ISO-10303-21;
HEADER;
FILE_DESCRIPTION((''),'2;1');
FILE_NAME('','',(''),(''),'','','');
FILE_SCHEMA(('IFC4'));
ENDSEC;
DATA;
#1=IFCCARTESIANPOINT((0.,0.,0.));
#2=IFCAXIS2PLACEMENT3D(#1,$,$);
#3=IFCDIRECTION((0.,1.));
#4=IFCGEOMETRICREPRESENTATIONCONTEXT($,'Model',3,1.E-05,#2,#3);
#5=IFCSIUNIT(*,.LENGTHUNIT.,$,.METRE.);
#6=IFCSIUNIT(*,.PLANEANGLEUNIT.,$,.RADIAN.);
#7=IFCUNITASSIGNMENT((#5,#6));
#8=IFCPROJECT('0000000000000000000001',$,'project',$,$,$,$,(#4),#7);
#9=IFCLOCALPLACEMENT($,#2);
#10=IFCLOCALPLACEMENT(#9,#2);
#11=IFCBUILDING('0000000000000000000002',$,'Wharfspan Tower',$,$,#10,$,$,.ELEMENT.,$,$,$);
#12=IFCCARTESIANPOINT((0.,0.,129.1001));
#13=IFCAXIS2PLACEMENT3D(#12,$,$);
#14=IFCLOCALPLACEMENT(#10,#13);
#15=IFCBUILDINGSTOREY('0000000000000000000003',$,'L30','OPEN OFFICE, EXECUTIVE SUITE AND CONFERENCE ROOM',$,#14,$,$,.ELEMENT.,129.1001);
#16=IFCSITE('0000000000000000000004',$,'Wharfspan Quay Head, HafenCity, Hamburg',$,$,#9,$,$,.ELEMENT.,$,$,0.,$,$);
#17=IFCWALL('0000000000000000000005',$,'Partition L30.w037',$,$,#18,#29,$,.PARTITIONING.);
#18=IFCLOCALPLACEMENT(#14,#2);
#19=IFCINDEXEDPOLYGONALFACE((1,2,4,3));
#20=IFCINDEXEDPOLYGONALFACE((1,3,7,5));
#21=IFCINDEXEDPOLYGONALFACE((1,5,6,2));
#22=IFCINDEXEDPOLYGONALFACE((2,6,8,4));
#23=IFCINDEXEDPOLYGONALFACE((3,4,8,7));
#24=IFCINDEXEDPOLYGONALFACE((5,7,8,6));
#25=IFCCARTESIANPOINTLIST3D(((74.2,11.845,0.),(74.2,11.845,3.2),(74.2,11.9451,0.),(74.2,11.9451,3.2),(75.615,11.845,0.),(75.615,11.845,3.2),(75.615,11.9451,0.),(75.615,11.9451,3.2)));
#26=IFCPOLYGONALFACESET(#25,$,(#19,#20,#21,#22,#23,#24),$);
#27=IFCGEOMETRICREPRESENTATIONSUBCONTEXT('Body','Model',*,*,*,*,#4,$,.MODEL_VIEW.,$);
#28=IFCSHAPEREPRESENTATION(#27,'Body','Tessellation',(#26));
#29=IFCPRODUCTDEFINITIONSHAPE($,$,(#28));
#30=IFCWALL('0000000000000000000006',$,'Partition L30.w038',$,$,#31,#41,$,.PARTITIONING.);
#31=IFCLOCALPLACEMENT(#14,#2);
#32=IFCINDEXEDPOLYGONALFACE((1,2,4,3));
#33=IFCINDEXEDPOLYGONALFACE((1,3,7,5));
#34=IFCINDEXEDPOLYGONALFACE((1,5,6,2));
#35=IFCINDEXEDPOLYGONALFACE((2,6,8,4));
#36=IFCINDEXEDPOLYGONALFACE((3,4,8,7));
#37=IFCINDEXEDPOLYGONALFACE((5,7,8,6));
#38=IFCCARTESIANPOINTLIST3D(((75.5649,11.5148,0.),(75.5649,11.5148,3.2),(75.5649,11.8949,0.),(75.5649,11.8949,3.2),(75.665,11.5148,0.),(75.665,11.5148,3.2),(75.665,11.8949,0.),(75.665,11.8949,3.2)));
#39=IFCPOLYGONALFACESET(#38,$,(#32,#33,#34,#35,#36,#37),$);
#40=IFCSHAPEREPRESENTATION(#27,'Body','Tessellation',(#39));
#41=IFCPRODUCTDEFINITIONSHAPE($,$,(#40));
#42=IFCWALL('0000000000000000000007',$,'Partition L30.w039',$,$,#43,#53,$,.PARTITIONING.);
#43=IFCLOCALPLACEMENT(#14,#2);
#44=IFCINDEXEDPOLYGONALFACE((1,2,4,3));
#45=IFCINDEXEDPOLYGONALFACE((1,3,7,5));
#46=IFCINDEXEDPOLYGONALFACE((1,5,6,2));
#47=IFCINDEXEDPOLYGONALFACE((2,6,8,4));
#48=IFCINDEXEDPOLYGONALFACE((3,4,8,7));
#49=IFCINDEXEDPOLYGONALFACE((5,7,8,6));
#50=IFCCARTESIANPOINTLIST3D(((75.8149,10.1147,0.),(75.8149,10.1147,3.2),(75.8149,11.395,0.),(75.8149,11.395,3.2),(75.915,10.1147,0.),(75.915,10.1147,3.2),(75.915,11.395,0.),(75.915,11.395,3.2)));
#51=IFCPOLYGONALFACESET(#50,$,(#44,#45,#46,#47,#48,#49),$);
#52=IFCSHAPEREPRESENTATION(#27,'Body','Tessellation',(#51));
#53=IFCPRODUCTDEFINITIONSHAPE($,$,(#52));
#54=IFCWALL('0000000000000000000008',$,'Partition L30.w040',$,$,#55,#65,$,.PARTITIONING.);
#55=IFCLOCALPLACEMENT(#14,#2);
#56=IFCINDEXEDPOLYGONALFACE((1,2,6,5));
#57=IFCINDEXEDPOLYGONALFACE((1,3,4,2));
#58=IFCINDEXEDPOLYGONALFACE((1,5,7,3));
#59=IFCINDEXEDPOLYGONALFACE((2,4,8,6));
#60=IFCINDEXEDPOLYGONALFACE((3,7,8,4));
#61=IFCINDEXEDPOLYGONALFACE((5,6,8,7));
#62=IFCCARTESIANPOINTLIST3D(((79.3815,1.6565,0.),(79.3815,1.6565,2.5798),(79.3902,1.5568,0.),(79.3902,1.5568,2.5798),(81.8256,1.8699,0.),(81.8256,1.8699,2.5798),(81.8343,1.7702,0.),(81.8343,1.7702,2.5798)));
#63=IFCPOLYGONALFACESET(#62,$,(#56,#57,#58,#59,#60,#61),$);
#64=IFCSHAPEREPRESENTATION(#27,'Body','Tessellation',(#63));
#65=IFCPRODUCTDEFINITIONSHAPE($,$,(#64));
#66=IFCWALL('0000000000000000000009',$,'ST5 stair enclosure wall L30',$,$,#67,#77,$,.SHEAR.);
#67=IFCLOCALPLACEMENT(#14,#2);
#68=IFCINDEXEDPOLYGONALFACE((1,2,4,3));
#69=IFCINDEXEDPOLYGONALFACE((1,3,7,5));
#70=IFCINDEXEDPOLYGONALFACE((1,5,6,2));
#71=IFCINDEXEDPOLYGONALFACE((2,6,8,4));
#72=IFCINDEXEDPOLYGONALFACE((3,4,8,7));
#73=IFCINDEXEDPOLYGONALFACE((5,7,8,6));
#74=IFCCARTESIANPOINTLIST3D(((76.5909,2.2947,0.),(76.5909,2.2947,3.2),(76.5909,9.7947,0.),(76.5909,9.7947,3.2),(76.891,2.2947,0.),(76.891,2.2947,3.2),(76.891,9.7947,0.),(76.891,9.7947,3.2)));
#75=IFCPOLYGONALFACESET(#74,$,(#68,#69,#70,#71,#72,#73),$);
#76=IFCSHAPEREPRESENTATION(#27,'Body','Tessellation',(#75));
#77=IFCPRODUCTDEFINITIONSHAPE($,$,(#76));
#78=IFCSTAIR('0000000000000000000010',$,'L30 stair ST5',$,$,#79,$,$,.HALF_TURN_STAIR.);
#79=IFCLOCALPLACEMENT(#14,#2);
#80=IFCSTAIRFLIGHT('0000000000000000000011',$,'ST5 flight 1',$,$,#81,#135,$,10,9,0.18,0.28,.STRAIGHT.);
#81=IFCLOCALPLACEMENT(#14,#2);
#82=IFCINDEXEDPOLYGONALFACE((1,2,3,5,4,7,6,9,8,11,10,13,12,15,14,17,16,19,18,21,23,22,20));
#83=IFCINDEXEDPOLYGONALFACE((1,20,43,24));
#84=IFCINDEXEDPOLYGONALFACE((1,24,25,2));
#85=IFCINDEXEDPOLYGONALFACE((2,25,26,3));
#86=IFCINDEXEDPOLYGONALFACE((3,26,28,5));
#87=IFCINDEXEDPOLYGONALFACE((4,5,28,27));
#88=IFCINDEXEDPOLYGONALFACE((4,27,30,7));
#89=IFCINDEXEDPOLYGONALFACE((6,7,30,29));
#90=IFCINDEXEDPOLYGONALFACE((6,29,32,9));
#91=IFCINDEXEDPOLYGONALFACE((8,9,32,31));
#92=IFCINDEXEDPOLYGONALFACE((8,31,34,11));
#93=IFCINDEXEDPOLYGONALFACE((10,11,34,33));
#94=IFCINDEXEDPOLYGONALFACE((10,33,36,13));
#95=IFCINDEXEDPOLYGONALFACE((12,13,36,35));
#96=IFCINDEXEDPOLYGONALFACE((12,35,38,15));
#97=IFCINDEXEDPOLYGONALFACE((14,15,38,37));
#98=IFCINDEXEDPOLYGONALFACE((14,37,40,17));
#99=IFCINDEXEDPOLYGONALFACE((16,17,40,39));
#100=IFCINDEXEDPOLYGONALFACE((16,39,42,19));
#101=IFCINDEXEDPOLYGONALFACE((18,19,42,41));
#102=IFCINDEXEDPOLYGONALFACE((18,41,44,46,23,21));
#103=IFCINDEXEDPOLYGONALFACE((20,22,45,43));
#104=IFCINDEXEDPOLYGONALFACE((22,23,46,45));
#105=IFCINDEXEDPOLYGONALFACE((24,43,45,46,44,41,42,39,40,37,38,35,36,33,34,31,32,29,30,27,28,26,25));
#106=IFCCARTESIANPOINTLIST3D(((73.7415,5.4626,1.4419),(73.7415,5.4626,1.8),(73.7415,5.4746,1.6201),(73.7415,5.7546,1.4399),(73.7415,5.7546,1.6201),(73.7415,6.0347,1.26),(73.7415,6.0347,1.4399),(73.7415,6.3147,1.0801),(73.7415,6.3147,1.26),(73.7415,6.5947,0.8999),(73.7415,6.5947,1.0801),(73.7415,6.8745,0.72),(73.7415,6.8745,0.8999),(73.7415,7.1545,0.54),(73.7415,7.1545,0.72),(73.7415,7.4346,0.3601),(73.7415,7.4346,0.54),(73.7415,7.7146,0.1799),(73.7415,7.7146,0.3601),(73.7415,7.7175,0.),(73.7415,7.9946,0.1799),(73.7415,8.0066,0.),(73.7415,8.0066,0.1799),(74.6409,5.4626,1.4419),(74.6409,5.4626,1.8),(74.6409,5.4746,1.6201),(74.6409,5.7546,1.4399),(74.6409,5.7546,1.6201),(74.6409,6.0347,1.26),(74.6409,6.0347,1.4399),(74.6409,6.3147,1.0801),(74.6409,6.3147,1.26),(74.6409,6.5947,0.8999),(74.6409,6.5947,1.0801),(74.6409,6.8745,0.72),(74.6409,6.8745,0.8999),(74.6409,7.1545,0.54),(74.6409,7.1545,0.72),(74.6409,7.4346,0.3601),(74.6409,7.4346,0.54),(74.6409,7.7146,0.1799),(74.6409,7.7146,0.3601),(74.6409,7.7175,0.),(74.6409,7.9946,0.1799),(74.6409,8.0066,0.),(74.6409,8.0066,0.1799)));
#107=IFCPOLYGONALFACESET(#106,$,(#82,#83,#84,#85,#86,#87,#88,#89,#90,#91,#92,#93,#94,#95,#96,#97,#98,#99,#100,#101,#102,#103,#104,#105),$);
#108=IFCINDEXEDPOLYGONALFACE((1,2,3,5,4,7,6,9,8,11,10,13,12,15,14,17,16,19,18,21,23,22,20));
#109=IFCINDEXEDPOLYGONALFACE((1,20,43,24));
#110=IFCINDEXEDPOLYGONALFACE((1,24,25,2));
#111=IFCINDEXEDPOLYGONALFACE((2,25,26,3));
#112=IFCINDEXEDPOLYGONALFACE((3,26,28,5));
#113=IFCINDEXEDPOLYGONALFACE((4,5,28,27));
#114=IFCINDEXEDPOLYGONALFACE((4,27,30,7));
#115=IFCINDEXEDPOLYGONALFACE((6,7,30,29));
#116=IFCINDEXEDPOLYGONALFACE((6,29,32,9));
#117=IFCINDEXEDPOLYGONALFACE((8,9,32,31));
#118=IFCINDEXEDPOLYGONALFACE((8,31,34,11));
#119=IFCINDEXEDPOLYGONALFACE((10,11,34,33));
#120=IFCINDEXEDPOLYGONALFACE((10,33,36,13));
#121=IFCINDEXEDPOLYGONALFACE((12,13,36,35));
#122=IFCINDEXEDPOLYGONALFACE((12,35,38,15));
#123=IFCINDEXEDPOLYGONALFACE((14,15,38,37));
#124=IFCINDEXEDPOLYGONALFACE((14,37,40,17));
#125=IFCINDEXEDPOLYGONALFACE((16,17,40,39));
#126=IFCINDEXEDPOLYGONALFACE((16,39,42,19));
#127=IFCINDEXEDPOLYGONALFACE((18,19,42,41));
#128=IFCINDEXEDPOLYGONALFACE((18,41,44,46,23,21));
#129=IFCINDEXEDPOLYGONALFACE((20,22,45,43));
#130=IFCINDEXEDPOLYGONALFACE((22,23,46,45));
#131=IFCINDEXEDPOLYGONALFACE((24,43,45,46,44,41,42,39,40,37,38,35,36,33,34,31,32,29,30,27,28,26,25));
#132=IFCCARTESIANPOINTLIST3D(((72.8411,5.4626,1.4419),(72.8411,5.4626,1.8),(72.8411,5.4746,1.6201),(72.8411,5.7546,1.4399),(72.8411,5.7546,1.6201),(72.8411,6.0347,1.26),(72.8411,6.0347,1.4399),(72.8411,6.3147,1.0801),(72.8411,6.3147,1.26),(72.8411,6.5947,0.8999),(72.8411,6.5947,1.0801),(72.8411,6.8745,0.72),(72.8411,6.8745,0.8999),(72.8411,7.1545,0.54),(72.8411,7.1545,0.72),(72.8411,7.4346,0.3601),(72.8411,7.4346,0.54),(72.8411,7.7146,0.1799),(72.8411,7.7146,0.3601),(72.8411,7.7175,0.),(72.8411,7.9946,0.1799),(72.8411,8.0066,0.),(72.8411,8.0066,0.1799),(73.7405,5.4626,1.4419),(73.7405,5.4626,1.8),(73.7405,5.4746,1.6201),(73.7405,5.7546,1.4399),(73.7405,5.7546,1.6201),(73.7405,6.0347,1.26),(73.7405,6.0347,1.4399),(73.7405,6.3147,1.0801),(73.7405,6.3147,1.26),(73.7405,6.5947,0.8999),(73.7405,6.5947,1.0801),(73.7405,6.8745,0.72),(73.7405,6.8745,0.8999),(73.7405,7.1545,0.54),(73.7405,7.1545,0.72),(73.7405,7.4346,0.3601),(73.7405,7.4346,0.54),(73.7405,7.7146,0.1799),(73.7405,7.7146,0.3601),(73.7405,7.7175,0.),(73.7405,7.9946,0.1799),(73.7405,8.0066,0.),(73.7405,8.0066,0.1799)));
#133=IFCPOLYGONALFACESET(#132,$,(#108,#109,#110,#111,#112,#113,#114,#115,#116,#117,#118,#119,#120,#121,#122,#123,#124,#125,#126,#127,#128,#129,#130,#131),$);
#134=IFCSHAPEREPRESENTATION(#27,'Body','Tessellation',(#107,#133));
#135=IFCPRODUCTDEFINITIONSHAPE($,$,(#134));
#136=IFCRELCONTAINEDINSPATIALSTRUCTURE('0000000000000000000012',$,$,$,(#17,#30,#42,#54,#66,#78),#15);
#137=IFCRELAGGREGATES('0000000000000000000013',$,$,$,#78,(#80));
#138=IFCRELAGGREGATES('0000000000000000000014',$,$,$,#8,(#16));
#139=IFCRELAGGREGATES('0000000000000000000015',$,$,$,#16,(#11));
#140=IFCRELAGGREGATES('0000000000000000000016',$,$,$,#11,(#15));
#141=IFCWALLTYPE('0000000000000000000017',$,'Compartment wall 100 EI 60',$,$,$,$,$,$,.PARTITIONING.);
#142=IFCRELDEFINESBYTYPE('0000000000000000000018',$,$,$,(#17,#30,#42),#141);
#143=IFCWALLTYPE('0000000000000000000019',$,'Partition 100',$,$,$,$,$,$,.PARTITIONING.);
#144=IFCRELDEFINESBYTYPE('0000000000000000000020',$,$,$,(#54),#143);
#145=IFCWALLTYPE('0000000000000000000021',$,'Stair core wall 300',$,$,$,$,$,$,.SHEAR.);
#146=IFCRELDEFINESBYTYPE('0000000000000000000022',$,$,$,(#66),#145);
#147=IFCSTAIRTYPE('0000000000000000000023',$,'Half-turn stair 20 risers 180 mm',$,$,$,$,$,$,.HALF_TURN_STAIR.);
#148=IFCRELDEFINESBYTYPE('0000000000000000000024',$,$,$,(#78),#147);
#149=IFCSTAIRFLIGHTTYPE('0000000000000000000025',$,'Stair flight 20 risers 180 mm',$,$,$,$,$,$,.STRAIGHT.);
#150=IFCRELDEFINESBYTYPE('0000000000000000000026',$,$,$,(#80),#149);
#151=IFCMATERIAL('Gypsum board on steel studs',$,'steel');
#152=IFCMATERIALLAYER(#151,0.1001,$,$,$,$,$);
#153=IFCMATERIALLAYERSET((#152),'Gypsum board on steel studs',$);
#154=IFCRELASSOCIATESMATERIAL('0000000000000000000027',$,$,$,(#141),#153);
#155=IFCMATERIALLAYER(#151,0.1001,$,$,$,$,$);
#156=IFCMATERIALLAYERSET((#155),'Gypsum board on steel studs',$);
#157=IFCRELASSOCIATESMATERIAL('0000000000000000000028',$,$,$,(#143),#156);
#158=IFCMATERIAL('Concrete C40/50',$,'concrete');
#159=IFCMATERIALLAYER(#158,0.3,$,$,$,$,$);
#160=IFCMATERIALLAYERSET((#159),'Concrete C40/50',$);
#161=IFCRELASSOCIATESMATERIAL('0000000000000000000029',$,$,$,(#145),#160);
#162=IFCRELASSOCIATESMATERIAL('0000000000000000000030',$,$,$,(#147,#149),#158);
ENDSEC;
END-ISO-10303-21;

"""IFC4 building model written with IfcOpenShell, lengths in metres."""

from ifc_helpers import new_model, si_unit, direction, frame, frame_2d, origin, place, context, subcontext, project, spatial, polyline, rectangle, outline, extrude, material, layer, layer_set, type_object, element, aggregate, save


model = new_model("IFC4")

# Units and contexts
model_context = context("Model", 3, precision=1e-05, world=origin(), true_north=direction((0.0, 1.0)))
body_context = subcontext(model_context, "Body", "Model", "MODEL_VIEW")
ifc_project = project(units=[si_unit("LENGTHUNIT", "METRE"), si_unit("PLANEANGLEUNIT", "RADIAN")], contexts=[model_context])

# Site, building, storey
site_placement = place(None, origin())
site = spatial("IfcSite", under=ifc_project, at=site_placement, Name="Wharfspan Quay Head, HafenCity, Hamburg", CompositionType="ELEMENT", RefElevation=0.0)
building_placement = place(site_placement, origin())
building = spatial("IfcBuilding", under=site, at=building_placement, Name="Wharfspan Tower", CompositionType="ELEMENT")
storey_placement = place(building_placement, frame((0.0, 0.0, 129.1001)))
storey = spatial("IfcBuildingStorey", under=building, at=storey_placement, Name="L30", Description="OPEN OFFICE, EXECUTIVE SUITE AND CONFERENCE ROOM", CompositionType="ELEMENT", Elevation=129.1001)

# Shared definitions
ifc_material_1 = material(Name="Gypsum board on steel studs", Category="steel")
ifc_layer_1 = layer(ifc_material_1, 0.1001)
ifc_layer_set_1 = layer_set([ifc_layer_1], Name="Gypsum board on steel studs")
wall_type_1 = type_object("IfcWallType", Name="Compartment wall 100 EI 60", PredefinedType="PARTITIONING", material=ifc_layer_set_1)

# Walls
wall_1_placement = place(storey_placement, frame((74.2, 11.895, 0.0), z_axis=(0.0, 0.0, 1.0), x_axis=(1.0, 0.0, 0.0)))
element("IfcWall", 1, at=wall_1_placement, inside=storey, type_object=wall_type_1, Name="Partition L30.w037", PredefinedType="PARTITIONING", context=body_context, shape_type="SweptSolid", body=[
    extrude(rectangle(XDim=1.415, YDim=0.1001, at=frame_2d((0.7075, 0.0))), origin(), (0.0, 0.0, 1.0), 3.2),
])
wall_2_placement = place(storey_placement, frame((75.615, 11.5149, 0.0), z_axis=(0.0, 0.0, 1.0), x_axis=(0.0, 1.0, 0.0)))
element("IfcWall", 2, at=wall_2_placement, inside=storey, type_object=wall_type_1, Name="Partition L30.w038", PredefinedType="PARTITIONING", context=body_context, shape_type="SweptSolid", body=[
    extrude(rectangle(XDim=0.3801, YDim=0.1001, at=frame_2d((0.1899, 0.0))), origin(), (0.0, 0.0, 1.0), 3.2),
])
wall_3_placement = place(storey_placement, frame((75.865, 10.1147, 0.0), z_axis=(0.0, 0.0, 1.0), x_axis=(0.0, 1.0, 0.0)))
element("IfcWall", 3, at=wall_3_placement, inside=storey, type_object=wall_type_1, Name="Partition L30.w039", PredefinedType="PARTITIONING", context=body_context, shape_type="SweptSolid", body=[
    extrude(rectangle(XDim=1.2803, YDim=0.1001, at=frame_2d((0.6401, 0.0))), origin(), (0.0, 0.0, 1.0), 3.2),
])
ifc_layer_2 = layer(ifc_material_1, 0.1001)
ifc_layer_set_2 = layer_set([ifc_layer_2], Name="Gypsum board on steel studs")
wall_type_2 = type_object("IfcWallType", Name="Partition 100", PredefinedType="PARTITIONING", material=ifc_layer_set_2)
wall_4_placement = place(storey_placement, frame((79.386, 1.6067, 0.0), z_axis=(0.0, 0.0, 1.0), x_axis=(0.996209, 0.086973, 0.0)))
element("IfcWall", 4, at=wall_4_placement, inside=storey, type_object=wall_type_2, Name="Partition L30.w040", PredefinedType="PARTITIONING", context=body_context, shape_type="SweptSolid", body=[
    extrude(rectangle(XDim=2.4534, YDim=0.1001, at=frame_2d((1.2266, 0.0))), origin(), (0.0, 0.0, 1.0), 2.5798),
])
ifc_material_2 = material(Name="Concrete C40/50", Category="concrete")
ifc_layer_3 = layer(ifc_material_2, 0.3)
ifc_layer_set_3 = layer_set([ifc_layer_3], Name="Concrete C40/50")
wall_type_3 = type_object("IfcWallType", Name="Stair core wall 300", PredefinedType="SHEAR", material=ifc_layer_set_3)
wall_5_placement = place(storey_placement, frame((76.741, 2.2947, 0.0), z_axis=(0.0, 0.0, 1.0), x_axis=(0.0, 1.0, 0.0)))
element("IfcWall", 5, at=wall_5_placement, inside=storey, type_object=wall_type_3, Name="ST5 stair enclosure wall L30", PredefinedType="SHEAR", context=body_context, shape_type="SweptSolid", body=[
    extrude(rectangle(XDim=7.5, YDim=0.3, at=frame_2d((3.75, 0.0))), origin(), (0.0, 0.0, 1.0), 3.2),
])

# Stair, stair flight
stair_type = type_object("IfcStairType", Name="Half-turn stair 20 risers 180 mm", PredefinedType="HALF_TURN_STAIR", material=ifc_material_2)
stair_placement = place(storey_placement, origin())
stair = element("IfcStair", 6, at=stair_placement, inside=storey, type_object=stair_type, Name="L30 stair ST5", PredefinedType="HALF_TURN_STAIR")
stair_flight_type = type_object("IfcStairFlightType", Name="Stair flight 20 risers 180 mm", PredefinedType="STRAIGHT", material=ifc_material_2)
stair_flight_1_placement = place(storey_placement, frame((73.741, 7.9946, 0.0), z_axis=(0.0, 0.0, 1.0), x_axis=(0.0, -1.0, 0.0)))
stair_flight_1 = element("IfcStairFlight", 7, at=stair_flight_1_placement, type_object=stair_flight_type, Name="ST5 flight 1", NumberOfRisers=10, NumberOfTreads=9, PredefinedType="STRAIGHT", RiserHeight=0.18, TreadLength=0.28, context=body_context, shape_type="SweptSolid", body=[
    extrude(outline(polyline([(-0.012, 0.0), (-0.012, 0.1799), (0.0, 0.1799), (0.28, 0.1799), (0.28, 0.3601), (0.5601, 0.3601), (0.5601, 0.54), (0.8401, 0.54), (0.8401, 0.72), (1.1201, 0.72), (1.1201, 0.8999), (1.3999, 0.8999), (1.3999, 1.0801), (1.6799, 1.0801), (1.6799, 1.26), (1.96, 1.26), (1.96, 1.4399), (2.24, 1.4399), (2.24, 1.6201), (2.52, 1.6201), (2.532, 1.8), (2.532, 1.4419), (0.2771, 0.0), (-0.012, 0.0)])), frame((0.0, 0.8999, 0.0), z_axis=(0.0, -1.0, 0.0), x_axis=(1.0, 0.0, 0.0)), (0.0, 0.0, 1.0), 0.8994),
    extrude(outline(polyline([(-0.012, 0.0), (-0.012, 0.1799), (0.0, 0.1799), (0.28, 0.1799), (0.28, 0.3601), (0.5601, 0.3601), (0.5601, 0.54), (0.8401, 0.54), (0.8401, 0.72), (1.1201, 0.72), (1.1201, 0.8999), (1.3999, 0.8999), (1.3999, 1.0801), (1.6799, 1.0801), (1.6799, 1.26), (1.96, 1.26), (1.96, 1.4399), (2.24, 1.4399), (2.24, 1.6201), (2.52, 1.6201), (2.532, 1.8), (2.532, 1.4419), (0.2771, 0.0), (-0.012, 0.0)])), frame((0.0, -0.0005, 0.0), z_axis=(0.0, -1.0, 0.0), x_axis=(1.0, 0.0, 0.0)), (0.0, 0.0, 1.0), 0.8994),
])
aggregate(stair, [stair_flight_1])

save(model, "model.ifc")
